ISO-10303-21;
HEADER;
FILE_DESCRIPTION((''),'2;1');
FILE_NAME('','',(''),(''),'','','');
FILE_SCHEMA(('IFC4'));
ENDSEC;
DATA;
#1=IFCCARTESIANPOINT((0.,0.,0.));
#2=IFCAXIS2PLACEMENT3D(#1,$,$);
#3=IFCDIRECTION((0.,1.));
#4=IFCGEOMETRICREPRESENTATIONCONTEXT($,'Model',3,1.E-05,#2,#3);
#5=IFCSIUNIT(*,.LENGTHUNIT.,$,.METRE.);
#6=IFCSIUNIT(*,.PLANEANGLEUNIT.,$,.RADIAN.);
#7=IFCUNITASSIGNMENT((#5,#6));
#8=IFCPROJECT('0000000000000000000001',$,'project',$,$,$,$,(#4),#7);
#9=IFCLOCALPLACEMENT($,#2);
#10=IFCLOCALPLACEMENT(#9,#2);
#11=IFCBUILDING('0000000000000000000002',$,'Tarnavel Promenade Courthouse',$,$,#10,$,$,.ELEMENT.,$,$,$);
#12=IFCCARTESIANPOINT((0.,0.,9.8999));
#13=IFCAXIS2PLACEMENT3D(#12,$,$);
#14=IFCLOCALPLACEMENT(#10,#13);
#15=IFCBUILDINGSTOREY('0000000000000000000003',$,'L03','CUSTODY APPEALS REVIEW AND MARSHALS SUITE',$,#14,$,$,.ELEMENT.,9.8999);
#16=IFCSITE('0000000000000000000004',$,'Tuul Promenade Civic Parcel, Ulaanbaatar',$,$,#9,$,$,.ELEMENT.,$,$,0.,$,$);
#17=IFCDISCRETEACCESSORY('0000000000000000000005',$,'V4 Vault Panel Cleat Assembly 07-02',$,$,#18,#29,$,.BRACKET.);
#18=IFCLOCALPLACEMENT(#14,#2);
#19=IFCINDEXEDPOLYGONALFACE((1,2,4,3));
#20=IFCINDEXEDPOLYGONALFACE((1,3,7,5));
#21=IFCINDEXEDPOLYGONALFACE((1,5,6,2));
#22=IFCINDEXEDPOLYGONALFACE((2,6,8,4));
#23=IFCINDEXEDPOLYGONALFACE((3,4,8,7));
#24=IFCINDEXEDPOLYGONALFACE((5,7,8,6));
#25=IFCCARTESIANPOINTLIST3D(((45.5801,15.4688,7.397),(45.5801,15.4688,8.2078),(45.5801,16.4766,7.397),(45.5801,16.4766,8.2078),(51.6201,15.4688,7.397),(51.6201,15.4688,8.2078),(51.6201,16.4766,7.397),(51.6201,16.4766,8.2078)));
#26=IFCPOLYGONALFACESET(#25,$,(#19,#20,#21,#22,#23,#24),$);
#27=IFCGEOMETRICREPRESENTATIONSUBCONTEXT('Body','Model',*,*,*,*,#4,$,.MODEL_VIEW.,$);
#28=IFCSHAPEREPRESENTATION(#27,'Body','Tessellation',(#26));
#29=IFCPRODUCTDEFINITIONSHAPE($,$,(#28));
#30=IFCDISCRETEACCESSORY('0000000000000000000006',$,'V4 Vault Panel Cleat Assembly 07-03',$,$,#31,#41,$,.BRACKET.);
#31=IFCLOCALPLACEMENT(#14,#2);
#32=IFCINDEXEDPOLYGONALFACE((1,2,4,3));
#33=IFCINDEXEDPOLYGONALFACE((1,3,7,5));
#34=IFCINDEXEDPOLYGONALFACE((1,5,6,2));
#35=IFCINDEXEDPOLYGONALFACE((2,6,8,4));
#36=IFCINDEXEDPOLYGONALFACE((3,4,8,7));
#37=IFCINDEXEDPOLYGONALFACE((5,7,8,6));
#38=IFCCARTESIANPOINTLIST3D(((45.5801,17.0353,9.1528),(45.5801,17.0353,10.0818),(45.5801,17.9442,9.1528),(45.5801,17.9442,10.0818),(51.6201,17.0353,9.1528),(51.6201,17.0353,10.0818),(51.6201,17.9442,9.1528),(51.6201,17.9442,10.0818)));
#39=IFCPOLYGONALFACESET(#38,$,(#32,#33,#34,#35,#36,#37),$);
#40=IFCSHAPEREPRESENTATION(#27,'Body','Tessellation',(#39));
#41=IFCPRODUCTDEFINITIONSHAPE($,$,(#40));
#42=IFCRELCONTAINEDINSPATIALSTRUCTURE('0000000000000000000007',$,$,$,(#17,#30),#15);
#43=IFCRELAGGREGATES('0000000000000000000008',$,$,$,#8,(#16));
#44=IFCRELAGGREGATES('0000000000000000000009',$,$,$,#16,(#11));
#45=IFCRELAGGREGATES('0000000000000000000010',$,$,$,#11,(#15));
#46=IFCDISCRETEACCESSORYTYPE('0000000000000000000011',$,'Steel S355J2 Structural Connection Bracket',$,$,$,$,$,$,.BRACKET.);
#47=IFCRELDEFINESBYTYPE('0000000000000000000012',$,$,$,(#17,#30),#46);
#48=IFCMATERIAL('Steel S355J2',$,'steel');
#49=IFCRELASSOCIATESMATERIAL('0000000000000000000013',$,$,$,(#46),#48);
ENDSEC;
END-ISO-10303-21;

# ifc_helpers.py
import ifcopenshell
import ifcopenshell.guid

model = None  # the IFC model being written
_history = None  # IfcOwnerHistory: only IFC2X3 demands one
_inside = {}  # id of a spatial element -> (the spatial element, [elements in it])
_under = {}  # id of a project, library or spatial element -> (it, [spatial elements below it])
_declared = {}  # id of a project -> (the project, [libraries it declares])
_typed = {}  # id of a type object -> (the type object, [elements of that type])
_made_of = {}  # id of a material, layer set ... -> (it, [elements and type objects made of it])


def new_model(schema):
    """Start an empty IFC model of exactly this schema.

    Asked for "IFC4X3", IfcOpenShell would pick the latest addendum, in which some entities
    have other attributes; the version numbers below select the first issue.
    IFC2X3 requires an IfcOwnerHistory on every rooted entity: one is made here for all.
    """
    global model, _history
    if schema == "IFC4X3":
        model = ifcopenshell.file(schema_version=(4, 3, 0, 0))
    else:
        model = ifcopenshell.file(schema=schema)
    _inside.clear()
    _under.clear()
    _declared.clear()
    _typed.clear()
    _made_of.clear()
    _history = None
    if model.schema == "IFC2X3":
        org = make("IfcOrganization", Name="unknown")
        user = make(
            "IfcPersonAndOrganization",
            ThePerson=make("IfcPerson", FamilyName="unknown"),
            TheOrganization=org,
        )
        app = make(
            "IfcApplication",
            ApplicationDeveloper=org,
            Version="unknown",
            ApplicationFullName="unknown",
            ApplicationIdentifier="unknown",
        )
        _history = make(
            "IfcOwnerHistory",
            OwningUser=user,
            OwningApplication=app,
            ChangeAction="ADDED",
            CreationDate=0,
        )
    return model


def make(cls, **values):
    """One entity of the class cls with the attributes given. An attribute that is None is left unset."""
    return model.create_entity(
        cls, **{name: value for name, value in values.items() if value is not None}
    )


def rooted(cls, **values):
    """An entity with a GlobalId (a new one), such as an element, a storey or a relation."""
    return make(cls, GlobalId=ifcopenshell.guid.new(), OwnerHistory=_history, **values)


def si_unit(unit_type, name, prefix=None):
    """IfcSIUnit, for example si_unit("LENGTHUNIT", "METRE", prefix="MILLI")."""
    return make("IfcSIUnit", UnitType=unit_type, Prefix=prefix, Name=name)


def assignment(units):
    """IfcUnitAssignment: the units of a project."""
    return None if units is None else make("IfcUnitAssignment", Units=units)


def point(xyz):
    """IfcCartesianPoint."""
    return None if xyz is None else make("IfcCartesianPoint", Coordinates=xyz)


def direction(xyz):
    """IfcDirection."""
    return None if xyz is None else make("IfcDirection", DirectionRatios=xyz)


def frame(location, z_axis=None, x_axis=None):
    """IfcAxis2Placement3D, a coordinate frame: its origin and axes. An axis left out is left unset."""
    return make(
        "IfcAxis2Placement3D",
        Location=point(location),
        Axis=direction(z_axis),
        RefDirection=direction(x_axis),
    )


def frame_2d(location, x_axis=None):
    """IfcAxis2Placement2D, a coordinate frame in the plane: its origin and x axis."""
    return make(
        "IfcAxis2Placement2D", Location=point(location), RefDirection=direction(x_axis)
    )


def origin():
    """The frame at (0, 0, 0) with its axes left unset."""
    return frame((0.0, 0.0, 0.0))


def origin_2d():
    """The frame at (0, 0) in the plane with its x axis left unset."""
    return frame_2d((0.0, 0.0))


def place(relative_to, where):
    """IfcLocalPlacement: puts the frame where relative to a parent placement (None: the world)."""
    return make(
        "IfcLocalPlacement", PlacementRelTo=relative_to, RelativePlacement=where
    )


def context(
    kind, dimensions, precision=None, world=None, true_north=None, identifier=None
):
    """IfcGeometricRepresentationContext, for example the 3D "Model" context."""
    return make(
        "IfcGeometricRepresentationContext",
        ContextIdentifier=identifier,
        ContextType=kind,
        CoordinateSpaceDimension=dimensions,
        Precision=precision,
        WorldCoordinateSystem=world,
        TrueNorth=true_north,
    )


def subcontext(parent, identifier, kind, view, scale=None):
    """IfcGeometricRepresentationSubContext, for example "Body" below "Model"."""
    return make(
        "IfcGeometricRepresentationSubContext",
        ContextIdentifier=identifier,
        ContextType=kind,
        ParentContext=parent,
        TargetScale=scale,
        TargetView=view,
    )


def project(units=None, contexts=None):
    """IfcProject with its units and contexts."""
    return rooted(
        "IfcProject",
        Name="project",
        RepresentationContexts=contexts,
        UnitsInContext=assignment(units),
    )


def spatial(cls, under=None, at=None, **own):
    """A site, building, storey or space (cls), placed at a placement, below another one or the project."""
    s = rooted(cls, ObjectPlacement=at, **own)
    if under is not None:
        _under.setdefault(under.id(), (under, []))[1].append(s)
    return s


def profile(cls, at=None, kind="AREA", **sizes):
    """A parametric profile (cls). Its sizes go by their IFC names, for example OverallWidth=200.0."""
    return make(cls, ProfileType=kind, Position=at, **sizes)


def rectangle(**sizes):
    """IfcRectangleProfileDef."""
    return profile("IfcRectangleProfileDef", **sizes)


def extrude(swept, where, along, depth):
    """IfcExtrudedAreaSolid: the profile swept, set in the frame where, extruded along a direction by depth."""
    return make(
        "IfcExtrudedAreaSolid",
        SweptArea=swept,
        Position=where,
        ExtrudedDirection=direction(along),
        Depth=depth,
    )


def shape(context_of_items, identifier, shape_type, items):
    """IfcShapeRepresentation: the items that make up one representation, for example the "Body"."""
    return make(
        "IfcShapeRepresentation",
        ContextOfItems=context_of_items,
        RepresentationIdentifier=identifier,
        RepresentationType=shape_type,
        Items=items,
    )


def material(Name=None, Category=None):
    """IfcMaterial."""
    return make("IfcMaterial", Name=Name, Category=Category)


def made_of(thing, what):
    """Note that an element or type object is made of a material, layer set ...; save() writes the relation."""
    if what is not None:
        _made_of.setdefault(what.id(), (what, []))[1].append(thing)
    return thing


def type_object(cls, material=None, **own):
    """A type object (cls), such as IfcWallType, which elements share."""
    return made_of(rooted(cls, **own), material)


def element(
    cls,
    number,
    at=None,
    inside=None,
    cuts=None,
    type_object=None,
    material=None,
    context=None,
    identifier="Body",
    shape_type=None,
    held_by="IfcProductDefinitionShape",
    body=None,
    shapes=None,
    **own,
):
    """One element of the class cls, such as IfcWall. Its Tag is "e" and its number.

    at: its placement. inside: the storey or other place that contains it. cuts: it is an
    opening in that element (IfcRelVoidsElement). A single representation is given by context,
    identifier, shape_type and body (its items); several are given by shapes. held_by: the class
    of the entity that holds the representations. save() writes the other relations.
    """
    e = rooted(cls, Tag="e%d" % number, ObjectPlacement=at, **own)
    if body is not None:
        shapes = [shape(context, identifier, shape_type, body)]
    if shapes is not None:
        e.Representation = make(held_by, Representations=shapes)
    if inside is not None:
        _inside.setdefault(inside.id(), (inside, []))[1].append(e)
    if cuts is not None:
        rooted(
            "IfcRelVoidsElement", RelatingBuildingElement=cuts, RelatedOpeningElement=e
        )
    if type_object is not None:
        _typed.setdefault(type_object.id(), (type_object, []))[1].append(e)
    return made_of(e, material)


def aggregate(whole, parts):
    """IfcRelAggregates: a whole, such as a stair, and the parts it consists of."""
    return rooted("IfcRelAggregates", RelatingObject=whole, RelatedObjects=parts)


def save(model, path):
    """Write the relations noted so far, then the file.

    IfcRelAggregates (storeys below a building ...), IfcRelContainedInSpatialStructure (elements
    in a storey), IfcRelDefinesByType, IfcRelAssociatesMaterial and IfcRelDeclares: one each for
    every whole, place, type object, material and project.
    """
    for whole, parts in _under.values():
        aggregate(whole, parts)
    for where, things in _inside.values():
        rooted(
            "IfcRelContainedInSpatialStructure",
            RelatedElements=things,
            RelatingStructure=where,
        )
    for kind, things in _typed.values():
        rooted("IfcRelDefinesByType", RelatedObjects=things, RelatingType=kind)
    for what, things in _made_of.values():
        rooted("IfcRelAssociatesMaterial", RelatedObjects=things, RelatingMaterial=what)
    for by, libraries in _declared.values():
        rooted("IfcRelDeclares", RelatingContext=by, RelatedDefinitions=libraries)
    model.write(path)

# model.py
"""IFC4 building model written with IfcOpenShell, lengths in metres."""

from ifc_helpers import new_model, si_unit, direction, frame, origin, origin_2d, place, context, subcontext, project, spatial, rectangle, extrude, material, type_object, element, save


model = new_model("IFC4")

# Units and contexts
model_context = context("Model", 3, precision=1e-05, world=origin(), true_north=direction((0.0, 1.0)))
body_context = subcontext(model_context, "Body", "Model", "MODEL_VIEW")
ifc_project = project(units=[si_unit("LENGTHUNIT", "METRE"), si_unit("PLANEANGLEUNIT", "RADIAN")], contexts=[model_context])

# Site, building, storey
site_placement = place(None, origin())
site = spatial("IfcSite", under=ifc_project, at=site_placement, Name="Tuul Promenade Civic Parcel, Ulaanbaatar", CompositionType="ELEMENT", RefElevation=0.0)
building_placement = place(site_placement, origin())
building = spatial("IfcBuilding", under=site, at=building_placement, Name="Tarnavel Promenade Courthouse", CompositionType="ELEMENT")
storey_placement = place(building_placement, frame((0.0, 0.0, 9.8999)))
storey = spatial("IfcBuildingStorey", under=building, at=storey_placement, Name="L03", Description="CUSTODY APPEALS REVIEW AND MARSHALS SUITE", CompositionType="ELEMENT", Elevation=9.8999)

# Shared definitions
ifc_material_1 = material(Name="Steel S355J2", Category="steel")

# Discrete accessories
discrete_accessory_type = type_object("IfcDiscreteAccessoryType", Name="Steel S355J2 Structural Connection Bracket", PredefinedType="BRACKET", material=ifc_material_1)
discrete_accessory_1_placement = place(storey_placement, frame((48.6001, 15.9727, 7.397), z_axis=(0.0, 0.0, 1.0), x_axis=(1.0, 0.0, 0.0)))
element("IfcDiscreteAccessory", 1, at=discrete_accessory_1_placement, inside=storey, type_object=discrete_accessory_type, Name="V4 Vault Panel Cleat Assembly 07-02", PredefinedType="BRACKET", context=body_context, shape_type="SweptSolid", body=[
    extrude(rectangle(XDim=6.04, YDim=1.0078, at=origin_2d()), origin(), (0.0, 0.0, 1.0), 0.8108),
])
discrete_accessory_2_placement = place(storey_placement, frame((48.6001, 17.4897, 9.1528), z_axis=(0.0, 0.0, 1.0), x_axis=(1.0, 0.0, 0.0)))
element("IfcDiscreteAccessory", 2, at=discrete_accessory_2_placement, inside=storey, type_object=discrete_accessory_type, Name="V4 Vault Panel Cleat Assembly 07-03", PredefinedType="BRACKET", context=body_context, shape_type="SweptSolid", body=[
    extrude(rectangle(XDim=6.04, YDim=0.9089, at=origin_2d()), origin(), (0.0, 0.0, 1.0), 0.929),
])

save(model, "model.ifc")
